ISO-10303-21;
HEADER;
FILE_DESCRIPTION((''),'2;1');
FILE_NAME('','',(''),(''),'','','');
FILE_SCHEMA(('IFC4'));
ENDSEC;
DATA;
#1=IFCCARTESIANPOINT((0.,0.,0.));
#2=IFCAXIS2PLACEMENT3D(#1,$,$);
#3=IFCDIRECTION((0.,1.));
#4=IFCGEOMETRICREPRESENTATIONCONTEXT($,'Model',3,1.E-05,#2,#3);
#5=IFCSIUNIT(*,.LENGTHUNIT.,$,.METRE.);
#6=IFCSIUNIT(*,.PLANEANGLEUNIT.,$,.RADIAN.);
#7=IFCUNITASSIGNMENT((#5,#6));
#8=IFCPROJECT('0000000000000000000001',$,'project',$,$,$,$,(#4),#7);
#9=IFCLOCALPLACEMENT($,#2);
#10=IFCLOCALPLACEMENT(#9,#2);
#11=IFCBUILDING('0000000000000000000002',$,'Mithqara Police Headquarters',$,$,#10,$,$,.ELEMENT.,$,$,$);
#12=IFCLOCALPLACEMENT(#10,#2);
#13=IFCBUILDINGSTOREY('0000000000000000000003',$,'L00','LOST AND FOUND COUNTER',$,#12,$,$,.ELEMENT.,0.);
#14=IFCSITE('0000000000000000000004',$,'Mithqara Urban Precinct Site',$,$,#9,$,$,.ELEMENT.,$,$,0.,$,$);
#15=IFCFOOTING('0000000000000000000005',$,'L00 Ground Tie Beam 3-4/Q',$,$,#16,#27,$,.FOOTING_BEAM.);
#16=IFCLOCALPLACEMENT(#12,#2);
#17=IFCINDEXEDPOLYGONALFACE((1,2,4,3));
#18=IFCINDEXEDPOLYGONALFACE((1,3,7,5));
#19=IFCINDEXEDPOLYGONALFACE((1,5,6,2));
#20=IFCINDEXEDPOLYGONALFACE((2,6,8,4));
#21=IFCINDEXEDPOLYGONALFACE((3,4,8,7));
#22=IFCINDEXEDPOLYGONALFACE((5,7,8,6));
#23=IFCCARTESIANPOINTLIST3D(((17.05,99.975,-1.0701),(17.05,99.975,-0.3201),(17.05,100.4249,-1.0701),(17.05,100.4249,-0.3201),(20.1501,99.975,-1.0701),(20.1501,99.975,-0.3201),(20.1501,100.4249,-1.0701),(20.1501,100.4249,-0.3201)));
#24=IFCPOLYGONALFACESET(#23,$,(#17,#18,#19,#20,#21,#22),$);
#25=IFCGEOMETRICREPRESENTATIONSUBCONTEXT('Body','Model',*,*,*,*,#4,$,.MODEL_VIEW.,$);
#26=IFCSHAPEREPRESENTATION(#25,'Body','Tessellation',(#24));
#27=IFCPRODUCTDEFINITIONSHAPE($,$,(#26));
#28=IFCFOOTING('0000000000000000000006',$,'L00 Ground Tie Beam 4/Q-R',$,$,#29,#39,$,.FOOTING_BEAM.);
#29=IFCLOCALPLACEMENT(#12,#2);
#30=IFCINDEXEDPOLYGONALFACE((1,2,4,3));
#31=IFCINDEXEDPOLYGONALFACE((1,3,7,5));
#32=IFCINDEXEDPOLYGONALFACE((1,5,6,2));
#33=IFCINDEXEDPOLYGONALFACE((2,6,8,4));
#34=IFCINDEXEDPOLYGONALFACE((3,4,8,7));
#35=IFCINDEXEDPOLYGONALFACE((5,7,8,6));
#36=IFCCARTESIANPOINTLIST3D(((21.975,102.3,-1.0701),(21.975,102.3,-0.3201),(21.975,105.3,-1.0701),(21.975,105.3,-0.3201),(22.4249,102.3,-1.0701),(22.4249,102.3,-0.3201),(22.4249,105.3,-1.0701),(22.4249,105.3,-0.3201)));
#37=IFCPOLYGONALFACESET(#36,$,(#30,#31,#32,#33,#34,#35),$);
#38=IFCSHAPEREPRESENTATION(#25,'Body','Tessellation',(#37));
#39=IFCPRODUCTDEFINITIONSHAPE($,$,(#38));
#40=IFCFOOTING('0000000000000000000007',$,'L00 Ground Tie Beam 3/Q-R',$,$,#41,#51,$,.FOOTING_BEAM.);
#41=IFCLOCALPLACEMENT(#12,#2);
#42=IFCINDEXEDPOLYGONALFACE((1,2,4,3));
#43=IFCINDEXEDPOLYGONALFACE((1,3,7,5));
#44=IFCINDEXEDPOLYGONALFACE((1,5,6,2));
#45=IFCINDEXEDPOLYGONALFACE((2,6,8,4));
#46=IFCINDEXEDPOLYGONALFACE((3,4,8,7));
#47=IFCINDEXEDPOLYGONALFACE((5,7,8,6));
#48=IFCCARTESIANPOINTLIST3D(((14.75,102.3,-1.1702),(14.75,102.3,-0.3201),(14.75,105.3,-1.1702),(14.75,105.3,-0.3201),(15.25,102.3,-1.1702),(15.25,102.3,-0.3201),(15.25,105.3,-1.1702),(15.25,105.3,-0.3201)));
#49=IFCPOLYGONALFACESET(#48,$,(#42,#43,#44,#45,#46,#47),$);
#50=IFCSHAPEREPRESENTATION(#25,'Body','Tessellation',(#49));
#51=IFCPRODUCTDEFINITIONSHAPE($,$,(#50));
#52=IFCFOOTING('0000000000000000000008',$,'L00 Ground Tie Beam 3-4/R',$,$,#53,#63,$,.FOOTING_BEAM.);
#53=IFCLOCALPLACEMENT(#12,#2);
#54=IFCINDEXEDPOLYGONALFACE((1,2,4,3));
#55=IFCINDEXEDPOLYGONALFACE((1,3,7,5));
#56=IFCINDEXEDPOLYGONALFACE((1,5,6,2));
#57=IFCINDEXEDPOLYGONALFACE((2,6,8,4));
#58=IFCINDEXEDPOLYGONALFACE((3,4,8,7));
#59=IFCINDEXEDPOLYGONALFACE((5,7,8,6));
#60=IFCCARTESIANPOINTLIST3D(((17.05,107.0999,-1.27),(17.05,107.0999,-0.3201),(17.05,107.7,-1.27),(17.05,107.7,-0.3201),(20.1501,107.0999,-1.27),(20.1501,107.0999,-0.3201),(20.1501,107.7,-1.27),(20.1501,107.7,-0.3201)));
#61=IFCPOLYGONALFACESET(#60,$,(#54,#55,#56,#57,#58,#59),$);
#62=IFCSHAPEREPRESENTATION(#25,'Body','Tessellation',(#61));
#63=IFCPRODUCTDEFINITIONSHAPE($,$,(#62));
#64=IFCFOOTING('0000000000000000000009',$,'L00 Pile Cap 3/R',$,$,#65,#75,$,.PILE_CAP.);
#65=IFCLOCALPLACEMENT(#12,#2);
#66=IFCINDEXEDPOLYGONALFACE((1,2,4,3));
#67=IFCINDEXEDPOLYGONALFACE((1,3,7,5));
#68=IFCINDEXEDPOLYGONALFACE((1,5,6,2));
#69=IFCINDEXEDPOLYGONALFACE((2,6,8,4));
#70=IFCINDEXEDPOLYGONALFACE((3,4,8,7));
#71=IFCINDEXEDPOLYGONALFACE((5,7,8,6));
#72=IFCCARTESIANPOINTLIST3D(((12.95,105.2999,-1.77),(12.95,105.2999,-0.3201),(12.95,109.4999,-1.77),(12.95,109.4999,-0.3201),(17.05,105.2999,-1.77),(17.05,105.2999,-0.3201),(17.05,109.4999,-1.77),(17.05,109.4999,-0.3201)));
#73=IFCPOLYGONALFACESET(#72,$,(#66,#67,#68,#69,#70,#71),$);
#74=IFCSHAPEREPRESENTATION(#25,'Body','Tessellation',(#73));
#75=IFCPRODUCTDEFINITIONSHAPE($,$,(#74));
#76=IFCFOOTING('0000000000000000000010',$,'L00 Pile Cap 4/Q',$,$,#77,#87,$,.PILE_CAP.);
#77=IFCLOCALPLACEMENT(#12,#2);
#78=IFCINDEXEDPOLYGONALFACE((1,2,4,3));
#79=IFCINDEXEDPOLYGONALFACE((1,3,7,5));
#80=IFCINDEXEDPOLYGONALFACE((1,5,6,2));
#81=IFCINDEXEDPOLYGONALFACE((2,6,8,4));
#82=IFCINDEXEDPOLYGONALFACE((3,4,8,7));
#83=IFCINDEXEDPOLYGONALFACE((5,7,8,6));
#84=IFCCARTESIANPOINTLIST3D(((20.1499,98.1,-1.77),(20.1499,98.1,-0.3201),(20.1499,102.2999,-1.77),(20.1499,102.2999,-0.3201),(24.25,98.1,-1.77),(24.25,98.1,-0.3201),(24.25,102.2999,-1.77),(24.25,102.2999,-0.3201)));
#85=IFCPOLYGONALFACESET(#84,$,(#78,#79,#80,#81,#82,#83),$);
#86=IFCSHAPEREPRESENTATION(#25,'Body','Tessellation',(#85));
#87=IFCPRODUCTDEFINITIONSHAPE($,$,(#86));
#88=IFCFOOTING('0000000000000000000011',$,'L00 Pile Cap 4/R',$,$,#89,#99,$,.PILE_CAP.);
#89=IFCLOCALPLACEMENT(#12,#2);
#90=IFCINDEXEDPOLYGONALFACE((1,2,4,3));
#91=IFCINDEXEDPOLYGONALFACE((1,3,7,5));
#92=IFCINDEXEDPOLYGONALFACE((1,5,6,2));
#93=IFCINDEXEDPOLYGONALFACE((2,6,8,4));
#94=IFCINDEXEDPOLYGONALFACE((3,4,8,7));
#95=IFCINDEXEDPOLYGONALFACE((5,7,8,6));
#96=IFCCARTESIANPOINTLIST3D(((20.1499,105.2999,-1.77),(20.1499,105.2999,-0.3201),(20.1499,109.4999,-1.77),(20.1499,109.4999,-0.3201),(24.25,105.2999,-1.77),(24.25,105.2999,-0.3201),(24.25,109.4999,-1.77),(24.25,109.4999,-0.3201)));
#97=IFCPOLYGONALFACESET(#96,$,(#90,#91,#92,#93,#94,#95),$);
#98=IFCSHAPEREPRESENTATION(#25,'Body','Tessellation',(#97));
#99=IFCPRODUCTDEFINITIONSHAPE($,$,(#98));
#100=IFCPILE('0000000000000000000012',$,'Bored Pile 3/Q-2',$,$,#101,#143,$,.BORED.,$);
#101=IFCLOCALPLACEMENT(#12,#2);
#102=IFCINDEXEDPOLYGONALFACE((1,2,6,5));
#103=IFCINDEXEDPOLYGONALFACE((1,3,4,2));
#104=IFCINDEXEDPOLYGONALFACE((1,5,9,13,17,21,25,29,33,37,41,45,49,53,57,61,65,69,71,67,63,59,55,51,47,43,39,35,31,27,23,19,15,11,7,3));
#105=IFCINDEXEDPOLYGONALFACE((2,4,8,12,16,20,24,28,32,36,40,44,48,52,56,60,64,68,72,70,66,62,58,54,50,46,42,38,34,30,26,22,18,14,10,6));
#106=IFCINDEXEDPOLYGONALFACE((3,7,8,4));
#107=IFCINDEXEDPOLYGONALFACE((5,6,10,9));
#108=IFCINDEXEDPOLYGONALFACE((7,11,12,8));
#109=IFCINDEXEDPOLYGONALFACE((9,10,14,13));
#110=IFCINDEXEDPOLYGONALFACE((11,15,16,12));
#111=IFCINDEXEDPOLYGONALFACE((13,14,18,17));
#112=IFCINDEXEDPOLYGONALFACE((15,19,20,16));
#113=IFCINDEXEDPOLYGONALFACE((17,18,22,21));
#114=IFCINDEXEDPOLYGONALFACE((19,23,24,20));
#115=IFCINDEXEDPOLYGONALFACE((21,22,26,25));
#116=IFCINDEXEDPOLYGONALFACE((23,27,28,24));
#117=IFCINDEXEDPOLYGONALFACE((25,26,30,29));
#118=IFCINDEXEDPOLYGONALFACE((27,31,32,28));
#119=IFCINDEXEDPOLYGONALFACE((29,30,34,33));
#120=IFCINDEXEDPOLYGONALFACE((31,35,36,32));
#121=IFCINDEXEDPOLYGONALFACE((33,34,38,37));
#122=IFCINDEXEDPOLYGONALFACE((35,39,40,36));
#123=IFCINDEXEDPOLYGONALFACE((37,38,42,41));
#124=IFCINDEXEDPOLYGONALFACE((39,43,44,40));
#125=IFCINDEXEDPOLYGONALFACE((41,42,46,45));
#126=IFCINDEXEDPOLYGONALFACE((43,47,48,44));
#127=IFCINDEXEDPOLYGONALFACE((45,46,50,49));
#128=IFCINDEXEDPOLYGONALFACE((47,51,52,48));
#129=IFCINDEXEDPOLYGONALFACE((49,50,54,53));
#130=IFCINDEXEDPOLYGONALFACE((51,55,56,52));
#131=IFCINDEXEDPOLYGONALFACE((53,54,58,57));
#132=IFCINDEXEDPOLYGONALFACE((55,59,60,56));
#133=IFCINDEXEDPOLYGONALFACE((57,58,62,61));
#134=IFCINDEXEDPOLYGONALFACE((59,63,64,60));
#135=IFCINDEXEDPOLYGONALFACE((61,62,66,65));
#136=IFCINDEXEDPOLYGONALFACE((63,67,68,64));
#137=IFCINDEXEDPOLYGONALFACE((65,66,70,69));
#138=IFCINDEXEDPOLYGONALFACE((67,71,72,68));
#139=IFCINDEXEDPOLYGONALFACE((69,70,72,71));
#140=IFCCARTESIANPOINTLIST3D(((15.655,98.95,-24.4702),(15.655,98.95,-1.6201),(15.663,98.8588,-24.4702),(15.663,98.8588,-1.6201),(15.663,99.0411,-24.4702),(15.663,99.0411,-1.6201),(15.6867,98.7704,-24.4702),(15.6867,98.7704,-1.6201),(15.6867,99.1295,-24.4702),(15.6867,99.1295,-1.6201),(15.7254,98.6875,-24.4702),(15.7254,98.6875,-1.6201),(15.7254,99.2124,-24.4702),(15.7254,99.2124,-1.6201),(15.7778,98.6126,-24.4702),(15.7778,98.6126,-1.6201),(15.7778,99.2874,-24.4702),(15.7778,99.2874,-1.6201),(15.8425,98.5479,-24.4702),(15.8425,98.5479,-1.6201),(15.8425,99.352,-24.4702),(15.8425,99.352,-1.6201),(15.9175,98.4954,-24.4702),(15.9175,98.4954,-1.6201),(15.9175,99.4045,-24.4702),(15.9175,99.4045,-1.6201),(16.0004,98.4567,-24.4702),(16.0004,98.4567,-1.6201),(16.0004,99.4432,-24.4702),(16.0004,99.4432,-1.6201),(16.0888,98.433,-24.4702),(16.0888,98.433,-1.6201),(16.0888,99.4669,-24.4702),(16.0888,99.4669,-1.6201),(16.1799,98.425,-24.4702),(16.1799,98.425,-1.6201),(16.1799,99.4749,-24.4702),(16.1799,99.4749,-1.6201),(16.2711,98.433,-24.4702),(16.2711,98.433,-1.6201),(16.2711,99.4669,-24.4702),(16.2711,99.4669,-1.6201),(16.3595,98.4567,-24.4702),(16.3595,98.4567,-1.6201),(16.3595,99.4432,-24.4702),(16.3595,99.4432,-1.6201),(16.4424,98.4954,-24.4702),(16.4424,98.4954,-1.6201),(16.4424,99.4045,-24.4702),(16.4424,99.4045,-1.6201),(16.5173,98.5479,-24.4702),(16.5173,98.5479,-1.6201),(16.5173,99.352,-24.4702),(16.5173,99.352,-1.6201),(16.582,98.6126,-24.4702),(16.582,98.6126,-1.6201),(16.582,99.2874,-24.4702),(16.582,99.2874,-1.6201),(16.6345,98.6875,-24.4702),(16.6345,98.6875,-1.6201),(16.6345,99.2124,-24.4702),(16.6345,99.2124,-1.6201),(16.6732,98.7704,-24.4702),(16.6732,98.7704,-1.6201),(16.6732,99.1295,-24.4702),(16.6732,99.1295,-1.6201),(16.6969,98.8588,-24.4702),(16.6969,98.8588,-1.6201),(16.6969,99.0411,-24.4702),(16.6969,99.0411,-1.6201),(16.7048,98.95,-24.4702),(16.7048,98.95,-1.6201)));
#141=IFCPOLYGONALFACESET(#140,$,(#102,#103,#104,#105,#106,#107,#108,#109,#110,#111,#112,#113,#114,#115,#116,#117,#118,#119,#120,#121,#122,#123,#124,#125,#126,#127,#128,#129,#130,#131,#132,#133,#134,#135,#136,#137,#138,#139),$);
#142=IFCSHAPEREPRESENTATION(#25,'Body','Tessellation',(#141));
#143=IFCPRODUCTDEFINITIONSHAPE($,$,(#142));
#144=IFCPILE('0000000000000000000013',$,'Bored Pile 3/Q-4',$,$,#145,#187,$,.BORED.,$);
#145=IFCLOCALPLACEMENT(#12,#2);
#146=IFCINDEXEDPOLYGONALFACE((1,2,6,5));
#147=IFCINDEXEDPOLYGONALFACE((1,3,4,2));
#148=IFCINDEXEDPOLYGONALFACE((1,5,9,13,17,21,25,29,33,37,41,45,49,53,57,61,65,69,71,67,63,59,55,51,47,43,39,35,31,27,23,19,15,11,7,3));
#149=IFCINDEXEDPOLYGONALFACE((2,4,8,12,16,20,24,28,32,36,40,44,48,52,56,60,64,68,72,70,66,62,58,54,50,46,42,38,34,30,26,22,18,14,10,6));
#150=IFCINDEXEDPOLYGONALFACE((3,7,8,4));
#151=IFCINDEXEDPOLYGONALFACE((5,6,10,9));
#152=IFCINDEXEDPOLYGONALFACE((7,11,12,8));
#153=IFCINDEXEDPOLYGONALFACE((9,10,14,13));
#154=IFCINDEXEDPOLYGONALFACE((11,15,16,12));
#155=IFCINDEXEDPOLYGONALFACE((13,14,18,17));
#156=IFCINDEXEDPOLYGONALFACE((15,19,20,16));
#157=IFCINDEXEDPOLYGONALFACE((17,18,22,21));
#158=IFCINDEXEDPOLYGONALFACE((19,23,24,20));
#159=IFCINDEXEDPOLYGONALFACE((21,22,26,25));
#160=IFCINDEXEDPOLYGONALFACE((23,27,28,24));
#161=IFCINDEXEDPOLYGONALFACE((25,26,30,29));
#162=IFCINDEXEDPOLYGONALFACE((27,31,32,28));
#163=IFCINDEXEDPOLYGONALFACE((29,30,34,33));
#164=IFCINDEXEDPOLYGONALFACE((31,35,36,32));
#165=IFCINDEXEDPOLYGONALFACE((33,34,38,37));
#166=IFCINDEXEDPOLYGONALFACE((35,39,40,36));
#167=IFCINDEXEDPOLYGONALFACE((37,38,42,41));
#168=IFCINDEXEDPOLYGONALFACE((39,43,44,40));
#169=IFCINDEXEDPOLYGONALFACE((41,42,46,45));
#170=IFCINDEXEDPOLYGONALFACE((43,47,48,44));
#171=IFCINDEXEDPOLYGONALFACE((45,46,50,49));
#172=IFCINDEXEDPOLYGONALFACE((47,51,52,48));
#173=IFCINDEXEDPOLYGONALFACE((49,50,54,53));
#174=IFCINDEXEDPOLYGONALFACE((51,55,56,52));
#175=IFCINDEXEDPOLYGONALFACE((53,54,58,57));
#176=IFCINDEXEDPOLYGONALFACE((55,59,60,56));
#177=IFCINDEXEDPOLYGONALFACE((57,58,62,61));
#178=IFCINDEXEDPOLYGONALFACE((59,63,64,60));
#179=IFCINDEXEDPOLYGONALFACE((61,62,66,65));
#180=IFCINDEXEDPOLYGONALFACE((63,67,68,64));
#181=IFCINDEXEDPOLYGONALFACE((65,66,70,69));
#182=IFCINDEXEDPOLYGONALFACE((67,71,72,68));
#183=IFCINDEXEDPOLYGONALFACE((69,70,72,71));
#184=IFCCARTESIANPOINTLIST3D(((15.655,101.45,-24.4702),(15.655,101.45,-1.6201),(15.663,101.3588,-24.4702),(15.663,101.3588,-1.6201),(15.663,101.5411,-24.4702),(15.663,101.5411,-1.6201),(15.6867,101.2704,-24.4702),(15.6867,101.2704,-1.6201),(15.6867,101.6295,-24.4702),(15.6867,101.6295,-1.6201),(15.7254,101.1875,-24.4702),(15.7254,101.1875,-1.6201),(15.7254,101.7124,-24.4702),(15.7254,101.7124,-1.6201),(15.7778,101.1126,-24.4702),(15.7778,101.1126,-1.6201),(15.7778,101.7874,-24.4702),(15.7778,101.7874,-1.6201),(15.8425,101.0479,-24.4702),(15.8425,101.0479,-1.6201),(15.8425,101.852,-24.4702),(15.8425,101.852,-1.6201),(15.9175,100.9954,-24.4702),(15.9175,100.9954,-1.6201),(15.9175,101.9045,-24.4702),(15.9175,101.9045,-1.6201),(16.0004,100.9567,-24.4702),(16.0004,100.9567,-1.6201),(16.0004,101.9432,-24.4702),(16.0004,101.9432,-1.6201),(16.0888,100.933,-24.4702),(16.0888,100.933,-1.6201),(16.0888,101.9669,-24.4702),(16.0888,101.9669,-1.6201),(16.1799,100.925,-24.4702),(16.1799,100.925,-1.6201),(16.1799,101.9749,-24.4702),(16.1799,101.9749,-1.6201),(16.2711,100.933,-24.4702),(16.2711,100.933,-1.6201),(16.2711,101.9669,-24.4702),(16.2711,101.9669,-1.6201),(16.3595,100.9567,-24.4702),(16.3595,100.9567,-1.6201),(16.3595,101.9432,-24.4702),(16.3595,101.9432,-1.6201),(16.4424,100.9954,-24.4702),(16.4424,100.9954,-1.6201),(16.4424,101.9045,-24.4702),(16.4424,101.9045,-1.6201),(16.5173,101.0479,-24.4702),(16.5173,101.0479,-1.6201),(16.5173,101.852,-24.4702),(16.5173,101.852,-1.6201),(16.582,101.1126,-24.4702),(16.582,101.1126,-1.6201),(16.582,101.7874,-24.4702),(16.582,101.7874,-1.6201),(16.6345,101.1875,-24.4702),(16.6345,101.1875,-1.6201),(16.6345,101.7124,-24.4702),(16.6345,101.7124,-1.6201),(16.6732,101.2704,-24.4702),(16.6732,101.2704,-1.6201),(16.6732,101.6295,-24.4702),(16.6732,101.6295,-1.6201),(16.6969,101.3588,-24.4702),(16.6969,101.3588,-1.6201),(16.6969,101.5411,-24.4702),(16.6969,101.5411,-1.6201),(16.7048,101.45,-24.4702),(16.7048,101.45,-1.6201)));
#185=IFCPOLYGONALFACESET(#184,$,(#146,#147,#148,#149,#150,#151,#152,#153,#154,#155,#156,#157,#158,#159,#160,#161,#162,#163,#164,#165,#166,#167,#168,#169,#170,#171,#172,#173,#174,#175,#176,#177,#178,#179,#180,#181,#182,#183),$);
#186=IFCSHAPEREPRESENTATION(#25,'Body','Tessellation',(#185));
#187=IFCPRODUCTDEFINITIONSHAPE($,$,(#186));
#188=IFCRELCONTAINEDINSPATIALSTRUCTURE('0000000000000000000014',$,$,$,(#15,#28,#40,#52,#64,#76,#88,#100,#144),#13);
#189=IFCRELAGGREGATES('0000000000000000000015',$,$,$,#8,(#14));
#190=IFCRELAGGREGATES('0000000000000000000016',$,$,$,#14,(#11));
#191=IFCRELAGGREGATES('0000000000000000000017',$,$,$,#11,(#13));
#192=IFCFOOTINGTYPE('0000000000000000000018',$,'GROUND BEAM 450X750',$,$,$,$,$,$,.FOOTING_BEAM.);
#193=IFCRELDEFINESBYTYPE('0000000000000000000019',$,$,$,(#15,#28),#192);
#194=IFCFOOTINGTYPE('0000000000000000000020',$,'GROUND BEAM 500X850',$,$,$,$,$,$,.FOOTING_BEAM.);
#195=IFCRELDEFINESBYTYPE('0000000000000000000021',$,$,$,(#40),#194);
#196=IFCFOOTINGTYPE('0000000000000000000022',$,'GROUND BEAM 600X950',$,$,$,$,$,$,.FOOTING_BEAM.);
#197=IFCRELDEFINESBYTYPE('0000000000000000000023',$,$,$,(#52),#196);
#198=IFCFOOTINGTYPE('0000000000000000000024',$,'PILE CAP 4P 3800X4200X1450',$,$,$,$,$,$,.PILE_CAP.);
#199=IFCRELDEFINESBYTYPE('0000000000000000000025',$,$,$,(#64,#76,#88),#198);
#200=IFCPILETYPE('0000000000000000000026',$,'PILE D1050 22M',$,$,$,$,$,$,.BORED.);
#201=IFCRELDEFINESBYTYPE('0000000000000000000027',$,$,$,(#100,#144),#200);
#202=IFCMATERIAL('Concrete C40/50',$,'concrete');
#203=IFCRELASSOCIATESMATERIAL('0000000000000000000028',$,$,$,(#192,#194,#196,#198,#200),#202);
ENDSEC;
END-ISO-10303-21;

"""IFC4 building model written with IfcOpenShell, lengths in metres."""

from ifc_helpers import new_model, si_unit, direction, frame, origin, origin_2d, place, context, subcontext, project, spatial, rectangle, circle, extrude, material, material_profile, profile_set, type_object, element, save


model = new_model("IFC4")

# Units and contexts
model_context = context("Model", 3, precision=1e-05, world=origin(), true_north=direction((0.0, 1.0)))
body_context = subcontext(model_context, "Body", "Model", "MODEL_VIEW")
ifc_project = project(units=[si_unit("LENGTHUNIT", "METRE"), si_unit("PLANEANGLEUNIT", "RADIAN")], contexts=[model_context])

# Site, building, storey
site_placement = place(None, origin())
site = spatial("IfcSite", under=ifc_project, at=site_placement, Name="Mithqara Urban Precinct Site", CompositionType="ELEMENT", RefElevation=0.0)
building_placement = place(site_placement, origin())
building = spatial("IfcBuilding", under=site, at=building_placement, Name="Mithqara Police Headquarters", CompositionType="ELEMENT")
storey_placement = place(building_placement, origin())
storey = spatial("IfcBuildingStorey", under=building, at=storey_placement, Name="L00", Description="LOST AND FOUND COUNTER", CompositionType="ELEMENT", Elevation=0.0)

# Footings
ifc_material_1 = material(Name="Concrete C40/50", Category="concrete")
footing_type_1 = type_object("IfcFootingType", Name="GROUND BEAM 450X750", PredefinedType="FOOTING_BEAM", material=ifc_material_1)
footing_1_placement = place(storey_placement, frame((18.6001, 100.2, -1.0701), z_axis=(0.0, 0.0, 1.0), x_axis=(1.0, 0.0, 0.0)))
element("IfcFooting", 1, at=footing_1_placement, inside=storey, type_object=footing_type_1, Name="L00 Ground Tie Beam 3-4/Q", PredefinedType="FOOTING_BEAM", context=body_context, shape_type="SweptSolid", body=[
    extrude(rectangle(XDim=3.1001, YDim=0.45, at=origin_2d()), origin(), (0.0, 0.0, 1.0), 0.75),
])
footing_2_placement = place(storey_placement, frame((22.2, 103.8, -1.0701), z_axis=(0.0, 0.0, 1.0), x_axis=(1.0, 0.0, 0.0)))
element("IfcFooting", 2, at=footing_2_placement, inside=storey, type_object=footing_type_1, Name="L00 Ground Tie Beam 4/Q-R", PredefinedType="FOOTING_BEAM", context=body_context, shape_type="SweptSolid", body=[
    extrude(rectangle(XDim=0.45, YDim=3.0, at=origin_2d()), origin(), (0.0, 0.0, 1.0), 0.75),
])
footing_type_2 = type_object("IfcFootingType", Name="GROUND BEAM 500X850", PredefinedType="FOOTING_BEAM", material=ifc_material_1)
footing_3_placement = place(storey_placement, frame((15.0, 103.8, -1.1702), z_axis=(0.0, 0.0, 1.0), x_axis=(1.0, 0.0, 0.0)))
element("IfcFooting", 3, at=footing_3_placement, inside=storey, type_object=footing_type_2, Name="L00 Ground Tie Beam 3/Q-R", PredefinedType="FOOTING_BEAM", context=body_context, shape_type="SweptSolid", body=[
    extrude(rectangle(XDim=0.5, YDim=3.0, at=origin_2d()), origin(), (0.0, 0.0, 1.0), 0.8501),
])
footing_type_3 = type_object("IfcFootingType", Name="GROUND BEAM 600X950", PredefinedType="FOOTING_BEAM", material=ifc_material_1)
footing_4_placement = place(storey_placement, frame((18.6001, 107.3999, -1.27), z_axis=(0.0, 0.0, 1.0), x_axis=(1.0, 0.0, 0.0)))
element("IfcFooting", 4, at=footing_4_placement, inside=storey, type_object=footing_type_3, Name="L00 Ground Tie Beam 3-4/R", PredefinedType="FOOTING_BEAM", context=body_context, shape_type="SweptSolid", body=[
    extrude(rectangle(XDim=3.1001, YDim=0.6001, at=origin_2d()), origin(), (0.0, 0.0, 1.0), 0.95),
])
footing_type_4 = type_object("IfcFootingType", Name="PILE CAP 4P 3800X4200X1450", PredefinedType="PILE_CAP", material=ifc_material_1)
for number, where, z_axis, x_axis, name in (
    (5, (15.0, 107.3999, -1.77), (0.0, 0.0, 1.0), (1.0, 0.0, 0.0), "L00 Pile Cap 3/R"),
    (6, (22.2, 100.2, -1.77), (0.0, 0.0, 1.0), (1.0, 0.0, 0.0), "L00 Pile Cap 4/Q"),
    (7, (22.2, 107.3999, -1.77), (0.0, 0.0, 1.0), (1.0, 0.0, 0.0), "L00 Pile Cap 4/R"),
):
    element("IfcFooting", number, at=place(storey_placement, frame(where, z_axis=z_axis, x_axis=x_axis)), inside=storey, type_object=footing_type_4, Name=name, PredefinedType="PILE_CAP", context=body_context, shape_type="SweptSolid", body=[
        extrude(rectangle(XDim=4.1001, YDim=4.2, at=origin_2d()), origin(), (0.0, 0.0, 1.0), 1.45),
    ])

# Piles
ifc_material_profile_1 = material_profile(ifc_material_1, circle(Radius=0.5249, at=origin_2d()), Name="PILE D1050")
ifc_profile_set_1 = profile_set([ifc_material_profile_1], Name="Concrete C40/50")
pile_type = type_object("IfcPileType", Name="PILE D1050 22M", PredefinedType="BORED", material=ifc_profile_set_1)
for number, where, z_axis, x_axis, name in (
    (8, (16.1799, 98.95, -1.6201), (0.0, 0.0, -1.0), (1.0, 0.0, 0.0), "Bored Pile 3/Q-2"),
    (9, (16.1799, 101.45, -1.6201), (0.0, 0.0, -1.0), (1.0, 0.0, 0.0), "Bored Pile 3/Q-4"),
):
    element("IfcPile", number, at=place(storey_placement, frame(where, z_axis=z_axis, x_axis=x_axis)), inside=storey, type_object=pile_type, Name=name, PredefinedType="BORED", context=body_context, shape_type="SweptSolid", body=[
        extrude(circle(Radius=0.5249, at=origin_2d()), origin(), (0.0, 0.0, 1.0), 22.8501),
    ])

save(model, "model.ifc")
